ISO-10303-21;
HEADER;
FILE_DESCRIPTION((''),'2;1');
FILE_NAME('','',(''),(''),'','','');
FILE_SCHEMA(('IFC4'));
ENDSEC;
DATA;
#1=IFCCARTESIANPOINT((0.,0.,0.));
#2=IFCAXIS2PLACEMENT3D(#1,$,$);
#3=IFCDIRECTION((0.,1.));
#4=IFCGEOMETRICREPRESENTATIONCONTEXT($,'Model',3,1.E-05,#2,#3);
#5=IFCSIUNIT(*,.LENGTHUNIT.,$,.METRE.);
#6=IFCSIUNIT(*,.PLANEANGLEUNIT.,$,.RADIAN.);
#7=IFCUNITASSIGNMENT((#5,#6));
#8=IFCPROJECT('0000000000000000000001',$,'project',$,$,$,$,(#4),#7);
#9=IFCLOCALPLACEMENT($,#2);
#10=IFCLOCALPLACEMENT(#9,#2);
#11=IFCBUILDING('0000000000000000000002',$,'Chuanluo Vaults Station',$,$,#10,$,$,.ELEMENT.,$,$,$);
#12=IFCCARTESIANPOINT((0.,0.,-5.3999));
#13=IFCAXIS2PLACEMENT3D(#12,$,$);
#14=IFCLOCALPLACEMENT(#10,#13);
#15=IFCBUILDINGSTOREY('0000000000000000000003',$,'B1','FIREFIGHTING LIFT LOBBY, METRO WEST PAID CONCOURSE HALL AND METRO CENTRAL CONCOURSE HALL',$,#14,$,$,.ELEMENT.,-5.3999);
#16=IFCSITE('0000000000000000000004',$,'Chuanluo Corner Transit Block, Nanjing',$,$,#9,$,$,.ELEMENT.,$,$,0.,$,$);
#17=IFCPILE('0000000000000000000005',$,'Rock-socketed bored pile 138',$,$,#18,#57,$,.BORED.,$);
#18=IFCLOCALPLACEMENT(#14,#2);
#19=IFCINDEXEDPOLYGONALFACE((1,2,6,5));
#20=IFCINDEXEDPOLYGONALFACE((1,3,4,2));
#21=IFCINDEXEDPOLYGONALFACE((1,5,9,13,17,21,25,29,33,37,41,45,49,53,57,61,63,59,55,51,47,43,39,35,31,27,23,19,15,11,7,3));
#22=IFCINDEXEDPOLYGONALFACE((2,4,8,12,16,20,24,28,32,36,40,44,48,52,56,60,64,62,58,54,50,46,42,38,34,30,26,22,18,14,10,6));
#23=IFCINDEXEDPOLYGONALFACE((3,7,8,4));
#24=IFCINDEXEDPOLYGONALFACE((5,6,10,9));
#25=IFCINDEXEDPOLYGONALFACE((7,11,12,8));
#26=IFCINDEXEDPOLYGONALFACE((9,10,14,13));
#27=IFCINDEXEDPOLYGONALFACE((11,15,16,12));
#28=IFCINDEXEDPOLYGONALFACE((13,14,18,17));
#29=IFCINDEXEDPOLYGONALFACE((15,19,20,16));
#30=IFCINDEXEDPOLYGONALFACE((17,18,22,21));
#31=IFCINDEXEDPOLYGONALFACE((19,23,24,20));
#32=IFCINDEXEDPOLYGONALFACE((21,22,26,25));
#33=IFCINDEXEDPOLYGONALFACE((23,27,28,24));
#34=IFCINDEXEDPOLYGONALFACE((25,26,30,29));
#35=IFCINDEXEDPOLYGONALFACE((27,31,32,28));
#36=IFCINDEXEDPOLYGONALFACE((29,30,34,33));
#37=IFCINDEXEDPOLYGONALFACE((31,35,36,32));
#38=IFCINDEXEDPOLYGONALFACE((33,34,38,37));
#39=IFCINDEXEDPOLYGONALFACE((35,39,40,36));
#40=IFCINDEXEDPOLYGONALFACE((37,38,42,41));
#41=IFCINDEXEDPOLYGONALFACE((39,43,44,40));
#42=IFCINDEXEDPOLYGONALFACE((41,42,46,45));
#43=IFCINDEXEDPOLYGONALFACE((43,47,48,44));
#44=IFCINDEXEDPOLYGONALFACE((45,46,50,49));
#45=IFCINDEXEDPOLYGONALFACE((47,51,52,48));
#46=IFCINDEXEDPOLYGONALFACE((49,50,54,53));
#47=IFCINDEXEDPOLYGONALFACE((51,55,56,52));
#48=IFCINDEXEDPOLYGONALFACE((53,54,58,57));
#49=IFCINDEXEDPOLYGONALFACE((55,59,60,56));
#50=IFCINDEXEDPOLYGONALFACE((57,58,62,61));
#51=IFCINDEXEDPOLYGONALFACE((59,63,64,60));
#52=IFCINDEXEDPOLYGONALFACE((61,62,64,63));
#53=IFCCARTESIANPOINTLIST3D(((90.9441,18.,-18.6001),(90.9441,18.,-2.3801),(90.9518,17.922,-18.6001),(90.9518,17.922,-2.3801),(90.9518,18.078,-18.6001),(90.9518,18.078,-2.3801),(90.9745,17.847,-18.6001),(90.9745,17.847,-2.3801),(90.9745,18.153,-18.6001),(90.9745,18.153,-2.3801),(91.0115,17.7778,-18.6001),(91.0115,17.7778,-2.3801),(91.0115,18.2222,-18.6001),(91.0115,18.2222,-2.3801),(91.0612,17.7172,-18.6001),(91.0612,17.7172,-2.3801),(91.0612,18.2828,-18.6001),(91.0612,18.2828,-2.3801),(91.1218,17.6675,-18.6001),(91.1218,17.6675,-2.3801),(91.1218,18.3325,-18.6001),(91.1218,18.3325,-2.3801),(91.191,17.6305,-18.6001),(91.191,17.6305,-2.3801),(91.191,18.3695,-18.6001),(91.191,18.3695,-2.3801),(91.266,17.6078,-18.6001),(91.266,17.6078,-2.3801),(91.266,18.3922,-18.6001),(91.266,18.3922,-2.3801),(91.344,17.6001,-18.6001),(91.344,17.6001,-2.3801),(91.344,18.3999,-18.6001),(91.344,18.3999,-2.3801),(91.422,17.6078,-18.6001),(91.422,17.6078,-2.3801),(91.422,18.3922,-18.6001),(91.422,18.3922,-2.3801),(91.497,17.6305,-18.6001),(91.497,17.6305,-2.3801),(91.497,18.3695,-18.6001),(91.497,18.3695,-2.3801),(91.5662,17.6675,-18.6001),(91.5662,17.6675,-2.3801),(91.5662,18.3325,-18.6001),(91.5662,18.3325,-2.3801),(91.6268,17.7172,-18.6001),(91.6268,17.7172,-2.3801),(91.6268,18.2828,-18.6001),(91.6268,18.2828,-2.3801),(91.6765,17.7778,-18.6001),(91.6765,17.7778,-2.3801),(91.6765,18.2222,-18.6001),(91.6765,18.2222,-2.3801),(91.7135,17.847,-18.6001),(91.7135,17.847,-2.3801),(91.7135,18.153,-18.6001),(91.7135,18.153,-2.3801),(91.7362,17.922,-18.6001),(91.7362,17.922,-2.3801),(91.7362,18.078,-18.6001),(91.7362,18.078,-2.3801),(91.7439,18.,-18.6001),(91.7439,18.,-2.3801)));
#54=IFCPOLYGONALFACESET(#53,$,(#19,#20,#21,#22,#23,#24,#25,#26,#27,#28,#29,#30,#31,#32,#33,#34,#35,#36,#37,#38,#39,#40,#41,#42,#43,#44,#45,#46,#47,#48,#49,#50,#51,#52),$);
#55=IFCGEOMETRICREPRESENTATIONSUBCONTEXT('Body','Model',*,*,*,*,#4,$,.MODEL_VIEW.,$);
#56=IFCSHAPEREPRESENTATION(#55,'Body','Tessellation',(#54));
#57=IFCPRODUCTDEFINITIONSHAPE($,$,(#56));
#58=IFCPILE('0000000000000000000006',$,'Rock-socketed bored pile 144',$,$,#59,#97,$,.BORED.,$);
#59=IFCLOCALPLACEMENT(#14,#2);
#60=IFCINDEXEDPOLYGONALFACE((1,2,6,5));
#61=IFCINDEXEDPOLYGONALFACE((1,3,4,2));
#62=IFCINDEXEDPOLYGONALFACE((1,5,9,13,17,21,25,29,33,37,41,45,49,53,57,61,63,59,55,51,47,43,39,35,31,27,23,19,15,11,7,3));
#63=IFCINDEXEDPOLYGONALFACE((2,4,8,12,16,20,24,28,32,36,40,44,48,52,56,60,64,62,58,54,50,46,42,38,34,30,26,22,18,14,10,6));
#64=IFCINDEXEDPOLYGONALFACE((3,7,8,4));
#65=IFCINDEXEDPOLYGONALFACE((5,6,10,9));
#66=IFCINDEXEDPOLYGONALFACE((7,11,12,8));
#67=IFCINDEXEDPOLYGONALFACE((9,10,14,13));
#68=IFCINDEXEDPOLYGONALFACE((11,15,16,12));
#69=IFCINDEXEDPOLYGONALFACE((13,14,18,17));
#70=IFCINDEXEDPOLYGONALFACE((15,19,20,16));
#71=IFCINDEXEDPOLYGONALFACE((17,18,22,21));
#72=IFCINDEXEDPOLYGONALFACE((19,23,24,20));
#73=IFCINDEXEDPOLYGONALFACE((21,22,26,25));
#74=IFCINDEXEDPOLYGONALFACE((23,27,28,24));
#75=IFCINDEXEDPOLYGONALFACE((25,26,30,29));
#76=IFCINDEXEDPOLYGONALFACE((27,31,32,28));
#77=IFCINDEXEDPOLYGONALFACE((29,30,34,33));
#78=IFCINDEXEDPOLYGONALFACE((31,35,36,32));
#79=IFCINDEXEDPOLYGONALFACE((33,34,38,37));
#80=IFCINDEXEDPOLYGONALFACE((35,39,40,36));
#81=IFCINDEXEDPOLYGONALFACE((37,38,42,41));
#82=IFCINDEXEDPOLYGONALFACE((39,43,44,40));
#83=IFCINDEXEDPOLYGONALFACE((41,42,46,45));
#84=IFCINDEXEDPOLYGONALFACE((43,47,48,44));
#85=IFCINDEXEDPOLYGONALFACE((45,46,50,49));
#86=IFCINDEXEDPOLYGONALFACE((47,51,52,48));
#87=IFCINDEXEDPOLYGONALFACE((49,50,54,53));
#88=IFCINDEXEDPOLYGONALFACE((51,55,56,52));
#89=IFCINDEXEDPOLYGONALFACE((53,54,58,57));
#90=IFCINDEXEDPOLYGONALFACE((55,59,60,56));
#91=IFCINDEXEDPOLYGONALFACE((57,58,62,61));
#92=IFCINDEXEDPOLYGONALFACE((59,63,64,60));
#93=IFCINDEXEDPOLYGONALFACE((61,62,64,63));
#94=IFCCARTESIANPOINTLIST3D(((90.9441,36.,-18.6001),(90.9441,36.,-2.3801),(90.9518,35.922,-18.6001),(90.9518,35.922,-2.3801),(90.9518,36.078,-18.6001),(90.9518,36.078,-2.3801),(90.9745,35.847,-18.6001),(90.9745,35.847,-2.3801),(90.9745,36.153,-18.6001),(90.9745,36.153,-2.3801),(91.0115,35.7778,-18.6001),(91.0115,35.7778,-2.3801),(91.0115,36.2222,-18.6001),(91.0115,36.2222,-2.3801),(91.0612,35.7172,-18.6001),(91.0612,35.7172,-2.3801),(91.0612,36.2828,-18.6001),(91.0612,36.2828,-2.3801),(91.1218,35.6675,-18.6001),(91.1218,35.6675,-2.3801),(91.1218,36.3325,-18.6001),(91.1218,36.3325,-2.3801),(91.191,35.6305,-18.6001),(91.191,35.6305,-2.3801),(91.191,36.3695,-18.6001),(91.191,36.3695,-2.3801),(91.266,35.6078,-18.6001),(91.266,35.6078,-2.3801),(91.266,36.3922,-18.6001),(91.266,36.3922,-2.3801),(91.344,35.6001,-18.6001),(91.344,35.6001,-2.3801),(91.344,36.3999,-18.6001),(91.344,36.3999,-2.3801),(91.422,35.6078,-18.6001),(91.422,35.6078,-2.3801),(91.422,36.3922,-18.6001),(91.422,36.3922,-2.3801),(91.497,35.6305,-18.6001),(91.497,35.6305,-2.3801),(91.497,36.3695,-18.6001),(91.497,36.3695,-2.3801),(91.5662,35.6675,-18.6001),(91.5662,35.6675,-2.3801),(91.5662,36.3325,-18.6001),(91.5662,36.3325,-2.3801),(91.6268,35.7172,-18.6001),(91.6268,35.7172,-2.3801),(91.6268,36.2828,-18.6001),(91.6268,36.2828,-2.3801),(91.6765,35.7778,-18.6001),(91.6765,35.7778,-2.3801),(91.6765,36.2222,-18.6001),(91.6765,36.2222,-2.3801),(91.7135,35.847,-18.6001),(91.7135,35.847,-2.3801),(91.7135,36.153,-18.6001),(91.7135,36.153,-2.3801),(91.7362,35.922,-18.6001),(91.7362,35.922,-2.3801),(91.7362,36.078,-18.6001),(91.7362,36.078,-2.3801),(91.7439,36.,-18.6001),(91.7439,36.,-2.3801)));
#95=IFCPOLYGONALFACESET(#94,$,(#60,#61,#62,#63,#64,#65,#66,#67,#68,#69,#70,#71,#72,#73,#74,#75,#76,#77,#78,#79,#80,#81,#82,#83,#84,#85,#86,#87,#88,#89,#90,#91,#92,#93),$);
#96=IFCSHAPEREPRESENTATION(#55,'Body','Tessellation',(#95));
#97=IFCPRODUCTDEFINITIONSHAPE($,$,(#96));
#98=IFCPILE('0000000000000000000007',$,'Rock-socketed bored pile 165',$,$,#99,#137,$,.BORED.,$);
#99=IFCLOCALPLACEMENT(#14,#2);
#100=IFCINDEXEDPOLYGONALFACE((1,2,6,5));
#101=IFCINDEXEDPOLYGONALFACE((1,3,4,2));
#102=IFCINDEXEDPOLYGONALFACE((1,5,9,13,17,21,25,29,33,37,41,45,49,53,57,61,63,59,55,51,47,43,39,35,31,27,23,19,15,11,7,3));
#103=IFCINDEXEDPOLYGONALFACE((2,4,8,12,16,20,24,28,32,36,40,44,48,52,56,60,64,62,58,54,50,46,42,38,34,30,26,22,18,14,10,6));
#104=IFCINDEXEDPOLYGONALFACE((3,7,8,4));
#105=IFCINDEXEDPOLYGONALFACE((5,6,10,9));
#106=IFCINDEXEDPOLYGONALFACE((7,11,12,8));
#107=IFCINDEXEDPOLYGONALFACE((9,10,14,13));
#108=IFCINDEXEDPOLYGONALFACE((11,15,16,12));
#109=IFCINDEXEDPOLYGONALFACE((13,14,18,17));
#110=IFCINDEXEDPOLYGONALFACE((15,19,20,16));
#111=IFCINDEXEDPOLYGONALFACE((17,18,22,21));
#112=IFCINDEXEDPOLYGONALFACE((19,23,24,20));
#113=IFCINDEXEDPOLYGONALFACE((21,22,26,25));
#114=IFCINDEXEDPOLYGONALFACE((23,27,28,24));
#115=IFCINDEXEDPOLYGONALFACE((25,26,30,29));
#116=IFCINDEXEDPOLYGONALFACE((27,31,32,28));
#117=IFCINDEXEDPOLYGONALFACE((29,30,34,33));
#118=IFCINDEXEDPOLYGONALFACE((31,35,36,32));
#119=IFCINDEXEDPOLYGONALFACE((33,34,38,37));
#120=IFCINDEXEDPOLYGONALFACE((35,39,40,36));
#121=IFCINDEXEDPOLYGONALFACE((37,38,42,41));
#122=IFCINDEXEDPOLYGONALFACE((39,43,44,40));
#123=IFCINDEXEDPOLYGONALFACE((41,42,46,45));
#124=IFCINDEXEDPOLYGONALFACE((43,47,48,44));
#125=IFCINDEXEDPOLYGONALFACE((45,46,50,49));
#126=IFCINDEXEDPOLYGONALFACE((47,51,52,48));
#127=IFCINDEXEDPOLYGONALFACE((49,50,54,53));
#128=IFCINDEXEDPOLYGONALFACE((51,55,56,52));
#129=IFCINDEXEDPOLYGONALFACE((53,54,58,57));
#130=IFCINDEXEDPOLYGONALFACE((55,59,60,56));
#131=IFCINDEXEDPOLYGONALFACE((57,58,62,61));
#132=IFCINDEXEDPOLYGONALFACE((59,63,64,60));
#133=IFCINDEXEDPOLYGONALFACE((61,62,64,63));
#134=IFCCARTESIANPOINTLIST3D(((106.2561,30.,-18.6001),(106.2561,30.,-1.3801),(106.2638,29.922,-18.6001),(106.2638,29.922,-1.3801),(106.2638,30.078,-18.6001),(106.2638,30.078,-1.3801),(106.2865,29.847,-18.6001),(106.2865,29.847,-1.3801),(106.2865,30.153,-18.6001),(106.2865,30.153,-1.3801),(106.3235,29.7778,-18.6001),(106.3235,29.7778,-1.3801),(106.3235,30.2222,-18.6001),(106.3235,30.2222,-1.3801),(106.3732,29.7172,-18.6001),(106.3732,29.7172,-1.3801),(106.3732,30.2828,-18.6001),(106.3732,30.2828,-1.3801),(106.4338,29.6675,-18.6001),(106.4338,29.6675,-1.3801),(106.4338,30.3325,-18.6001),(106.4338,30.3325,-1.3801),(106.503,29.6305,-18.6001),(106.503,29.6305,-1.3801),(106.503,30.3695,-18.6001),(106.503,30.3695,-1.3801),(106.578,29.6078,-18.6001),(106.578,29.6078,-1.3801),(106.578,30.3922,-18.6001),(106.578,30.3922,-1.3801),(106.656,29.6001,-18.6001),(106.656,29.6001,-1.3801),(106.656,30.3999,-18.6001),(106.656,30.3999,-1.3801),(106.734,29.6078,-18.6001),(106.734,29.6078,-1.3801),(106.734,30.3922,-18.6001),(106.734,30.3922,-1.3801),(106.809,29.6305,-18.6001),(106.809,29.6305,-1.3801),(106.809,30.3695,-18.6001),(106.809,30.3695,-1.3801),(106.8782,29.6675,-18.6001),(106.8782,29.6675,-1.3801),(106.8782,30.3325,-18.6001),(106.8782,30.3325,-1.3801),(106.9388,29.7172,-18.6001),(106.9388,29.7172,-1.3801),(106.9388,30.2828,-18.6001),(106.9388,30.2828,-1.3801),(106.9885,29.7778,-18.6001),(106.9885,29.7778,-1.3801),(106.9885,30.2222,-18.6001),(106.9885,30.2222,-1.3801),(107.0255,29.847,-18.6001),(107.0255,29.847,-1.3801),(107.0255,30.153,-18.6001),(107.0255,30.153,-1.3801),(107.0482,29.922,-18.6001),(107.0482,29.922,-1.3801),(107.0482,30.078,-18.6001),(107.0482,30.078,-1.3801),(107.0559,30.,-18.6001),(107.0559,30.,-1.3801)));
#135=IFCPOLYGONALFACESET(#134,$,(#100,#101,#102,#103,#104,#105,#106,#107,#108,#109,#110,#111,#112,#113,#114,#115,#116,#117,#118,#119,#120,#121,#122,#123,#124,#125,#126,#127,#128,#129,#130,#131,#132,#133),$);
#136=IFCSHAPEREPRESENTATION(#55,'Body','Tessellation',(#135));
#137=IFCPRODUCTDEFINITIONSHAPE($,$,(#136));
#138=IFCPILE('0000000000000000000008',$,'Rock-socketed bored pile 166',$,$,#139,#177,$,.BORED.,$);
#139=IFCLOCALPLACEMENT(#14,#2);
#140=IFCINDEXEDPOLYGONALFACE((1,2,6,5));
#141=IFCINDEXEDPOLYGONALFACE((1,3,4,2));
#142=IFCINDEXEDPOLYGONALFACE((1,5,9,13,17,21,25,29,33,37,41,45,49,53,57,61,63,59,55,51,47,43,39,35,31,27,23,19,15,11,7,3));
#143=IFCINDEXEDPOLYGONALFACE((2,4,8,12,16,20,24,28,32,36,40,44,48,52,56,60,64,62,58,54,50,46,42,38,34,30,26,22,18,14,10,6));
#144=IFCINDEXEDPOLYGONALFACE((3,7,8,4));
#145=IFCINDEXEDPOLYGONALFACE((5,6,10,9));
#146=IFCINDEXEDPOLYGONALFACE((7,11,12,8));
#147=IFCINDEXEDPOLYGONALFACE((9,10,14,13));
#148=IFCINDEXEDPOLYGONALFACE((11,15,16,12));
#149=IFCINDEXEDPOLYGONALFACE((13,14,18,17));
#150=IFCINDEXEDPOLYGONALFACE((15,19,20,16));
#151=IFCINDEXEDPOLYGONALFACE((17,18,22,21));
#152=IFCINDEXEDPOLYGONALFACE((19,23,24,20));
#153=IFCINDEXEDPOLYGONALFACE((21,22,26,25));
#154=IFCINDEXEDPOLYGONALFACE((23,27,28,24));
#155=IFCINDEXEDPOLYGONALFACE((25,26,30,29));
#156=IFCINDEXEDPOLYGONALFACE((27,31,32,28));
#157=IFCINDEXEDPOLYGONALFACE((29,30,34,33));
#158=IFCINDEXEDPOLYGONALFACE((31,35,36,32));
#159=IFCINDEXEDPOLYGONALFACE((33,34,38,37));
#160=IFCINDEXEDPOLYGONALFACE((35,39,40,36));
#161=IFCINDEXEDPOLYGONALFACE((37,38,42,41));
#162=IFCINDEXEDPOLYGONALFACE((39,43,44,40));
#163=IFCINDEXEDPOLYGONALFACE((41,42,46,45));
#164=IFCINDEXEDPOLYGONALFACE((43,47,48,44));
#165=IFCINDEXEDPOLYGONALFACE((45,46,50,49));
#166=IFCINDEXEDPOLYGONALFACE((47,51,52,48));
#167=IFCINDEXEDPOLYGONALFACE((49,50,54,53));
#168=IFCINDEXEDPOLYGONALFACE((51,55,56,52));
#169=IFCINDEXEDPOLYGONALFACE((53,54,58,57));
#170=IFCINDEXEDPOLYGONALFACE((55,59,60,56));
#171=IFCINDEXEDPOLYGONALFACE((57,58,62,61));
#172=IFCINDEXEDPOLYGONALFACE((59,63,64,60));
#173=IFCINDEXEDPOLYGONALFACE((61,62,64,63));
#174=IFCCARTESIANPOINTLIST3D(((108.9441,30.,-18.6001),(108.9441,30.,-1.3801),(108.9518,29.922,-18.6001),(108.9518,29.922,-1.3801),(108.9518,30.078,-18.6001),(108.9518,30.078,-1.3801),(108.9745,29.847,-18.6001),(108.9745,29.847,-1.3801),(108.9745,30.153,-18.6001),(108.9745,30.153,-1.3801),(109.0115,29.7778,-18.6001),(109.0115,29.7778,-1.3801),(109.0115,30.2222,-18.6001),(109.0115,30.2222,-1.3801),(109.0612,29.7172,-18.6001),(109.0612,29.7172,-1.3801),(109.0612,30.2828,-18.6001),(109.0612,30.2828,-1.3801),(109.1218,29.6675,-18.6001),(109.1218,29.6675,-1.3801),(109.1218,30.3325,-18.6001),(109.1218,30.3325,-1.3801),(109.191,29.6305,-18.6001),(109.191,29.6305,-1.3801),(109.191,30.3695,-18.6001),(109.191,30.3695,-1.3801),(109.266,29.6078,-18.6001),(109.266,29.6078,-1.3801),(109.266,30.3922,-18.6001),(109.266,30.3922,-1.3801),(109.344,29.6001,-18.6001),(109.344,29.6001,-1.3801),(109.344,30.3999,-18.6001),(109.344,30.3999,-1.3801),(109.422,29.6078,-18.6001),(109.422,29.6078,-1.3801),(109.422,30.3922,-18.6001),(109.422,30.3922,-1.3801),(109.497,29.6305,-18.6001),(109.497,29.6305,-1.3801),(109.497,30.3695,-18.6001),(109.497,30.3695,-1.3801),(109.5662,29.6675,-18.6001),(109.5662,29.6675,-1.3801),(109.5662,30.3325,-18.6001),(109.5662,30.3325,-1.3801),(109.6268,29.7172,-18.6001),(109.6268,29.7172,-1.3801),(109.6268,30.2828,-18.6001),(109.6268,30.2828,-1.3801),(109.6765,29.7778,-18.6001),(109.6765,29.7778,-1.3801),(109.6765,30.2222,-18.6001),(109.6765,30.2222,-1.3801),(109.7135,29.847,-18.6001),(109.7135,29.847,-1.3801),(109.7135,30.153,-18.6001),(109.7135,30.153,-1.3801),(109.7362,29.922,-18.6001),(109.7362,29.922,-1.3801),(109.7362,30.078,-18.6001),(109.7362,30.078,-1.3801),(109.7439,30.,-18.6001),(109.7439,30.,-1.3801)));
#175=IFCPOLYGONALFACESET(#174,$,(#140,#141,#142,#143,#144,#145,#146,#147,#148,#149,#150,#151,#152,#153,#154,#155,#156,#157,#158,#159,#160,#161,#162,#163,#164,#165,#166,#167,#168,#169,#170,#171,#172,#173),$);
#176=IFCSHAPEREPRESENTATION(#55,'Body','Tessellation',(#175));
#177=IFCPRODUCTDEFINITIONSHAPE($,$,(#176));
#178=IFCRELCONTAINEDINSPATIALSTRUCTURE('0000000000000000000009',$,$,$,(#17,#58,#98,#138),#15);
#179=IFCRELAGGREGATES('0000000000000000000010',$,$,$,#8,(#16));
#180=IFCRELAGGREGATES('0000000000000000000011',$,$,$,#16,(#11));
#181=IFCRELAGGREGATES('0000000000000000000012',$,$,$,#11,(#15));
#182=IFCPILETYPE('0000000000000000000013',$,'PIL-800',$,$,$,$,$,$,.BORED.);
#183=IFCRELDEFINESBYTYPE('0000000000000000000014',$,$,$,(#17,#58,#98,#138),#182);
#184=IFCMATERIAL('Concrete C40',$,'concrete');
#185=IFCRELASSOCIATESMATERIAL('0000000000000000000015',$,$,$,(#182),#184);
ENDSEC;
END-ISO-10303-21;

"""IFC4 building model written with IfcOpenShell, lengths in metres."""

from ifc_helpers import new_model, si_unit, direction, frame, origin, origin_2d, place, context, subcontext, project, spatial, circle, extrude, material, material_profile, profile_set, type_object, element, save


model = new_model("IFC4")

# Units and contexts
model_context = context("Model", 3, precision=1e-05, world=origin(), true_north=direction((0.0, 1.0)))
body_context = subcontext(model_context, "Body", "Model", "MODEL_VIEW")
ifc_project = project(units=[si_unit("LENGTHUNIT", "METRE"), si_unit("PLANEANGLEUNIT", "RADIAN")], contexts=[model_context])

# Site, building, storey
site_placement = place(None, origin())
site = spatial("IfcSite", under=ifc_project, at=site_placement, Name="Chuanluo Corner Transit Block, Nanjing", CompositionType="ELEMENT", RefElevation=0.0)
building_placement = place(site_placement, origin())
building = spatial("IfcBuilding", under=site, at=building_placement, Name="Chuanluo Vaults Station", CompositionType="ELEMENT")
storey_placement = place(building_placement, frame((0.0, 0.0, -5.3999)))
storey = spatial("IfcBuildingStorey", under=building, at=storey_placement, Name="B1", Description="FIREFIGHTING LIFT LOBBY, METRO WEST PAID CONCOURSE HALL AND METRO CENTRAL CONCOURSE HALL", CompositionType="ELEMENT", Elevation=-5.3999)

# Piles
ifc_material_1 = material(Name="Concrete C40", Category="concrete")
ifc_material_profile_1 = material_profile(ifc_material_1, circle(Radius=0.3999, at=origin_2d()))
ifc_profile_set_1 = profile_set([ifc_material_profile_1], Name="Concrete C40")
pile_type_1 = type_object("IfcPileType", Name="PIL-800", PredefinedType="BORED", material=ifc_profile_set_1)
for number, where, z_axis, x_axis, name in (
    (1, (91.344, 18.0, -2.3801), (0.0, 0.0, -1.0), (1.0, 0.0, 0.0), "Rock-socketed bored pile 138"),
    (2, (91.344, 36.0, -2.3801), (0.0, 0.0, -1.0), (1.0, 0.0, 0.0), "Rock-socketed bored pile 144"),
):
    element("IfcPile", number, at=place(storey_placement, frame(where, z_axis=z_axis, x_axis=x_axis)), inside=storey, type_object=pile_type_1, Name=name, PredefinedType="BORED", context=body_context, shape_type="SweptSolid", body=[
        extrude(circle(Radius=0.3999, at=origin_2d()), origin(), (0.0, 0.0, 1.0), 16.22),
    ])
for number, where, z_axis, x_axis, name in (
    (3, (106.656, 30.0, -1.3801), (0.0, 0.0, -1.0), (1.0, 0.0, 0.0), "Rock-socketed bored pile 165"),
    (4, (109.344, 30.0, -1.3801), (0.0, 0.0, -1.0), (1.0, 0.0, 0.0), "Rock-socketed bored pile 166"),
):
    element("IfcPile", number, at=place(storey_placement, frame(where, z_axis=z_axis, x_axis=x_axis)), inside=storey, type_object=pile_type_1, Name=name, PredefinedType="BORED", context=body_context, shape_type="SweptSolid", body=[
        extrude(circle(Radius=0.3999, at=origin_2d()), origin(), (0.0, 0.0, 1.0), 17.22),
    ])

save(model, "model.ifc")
